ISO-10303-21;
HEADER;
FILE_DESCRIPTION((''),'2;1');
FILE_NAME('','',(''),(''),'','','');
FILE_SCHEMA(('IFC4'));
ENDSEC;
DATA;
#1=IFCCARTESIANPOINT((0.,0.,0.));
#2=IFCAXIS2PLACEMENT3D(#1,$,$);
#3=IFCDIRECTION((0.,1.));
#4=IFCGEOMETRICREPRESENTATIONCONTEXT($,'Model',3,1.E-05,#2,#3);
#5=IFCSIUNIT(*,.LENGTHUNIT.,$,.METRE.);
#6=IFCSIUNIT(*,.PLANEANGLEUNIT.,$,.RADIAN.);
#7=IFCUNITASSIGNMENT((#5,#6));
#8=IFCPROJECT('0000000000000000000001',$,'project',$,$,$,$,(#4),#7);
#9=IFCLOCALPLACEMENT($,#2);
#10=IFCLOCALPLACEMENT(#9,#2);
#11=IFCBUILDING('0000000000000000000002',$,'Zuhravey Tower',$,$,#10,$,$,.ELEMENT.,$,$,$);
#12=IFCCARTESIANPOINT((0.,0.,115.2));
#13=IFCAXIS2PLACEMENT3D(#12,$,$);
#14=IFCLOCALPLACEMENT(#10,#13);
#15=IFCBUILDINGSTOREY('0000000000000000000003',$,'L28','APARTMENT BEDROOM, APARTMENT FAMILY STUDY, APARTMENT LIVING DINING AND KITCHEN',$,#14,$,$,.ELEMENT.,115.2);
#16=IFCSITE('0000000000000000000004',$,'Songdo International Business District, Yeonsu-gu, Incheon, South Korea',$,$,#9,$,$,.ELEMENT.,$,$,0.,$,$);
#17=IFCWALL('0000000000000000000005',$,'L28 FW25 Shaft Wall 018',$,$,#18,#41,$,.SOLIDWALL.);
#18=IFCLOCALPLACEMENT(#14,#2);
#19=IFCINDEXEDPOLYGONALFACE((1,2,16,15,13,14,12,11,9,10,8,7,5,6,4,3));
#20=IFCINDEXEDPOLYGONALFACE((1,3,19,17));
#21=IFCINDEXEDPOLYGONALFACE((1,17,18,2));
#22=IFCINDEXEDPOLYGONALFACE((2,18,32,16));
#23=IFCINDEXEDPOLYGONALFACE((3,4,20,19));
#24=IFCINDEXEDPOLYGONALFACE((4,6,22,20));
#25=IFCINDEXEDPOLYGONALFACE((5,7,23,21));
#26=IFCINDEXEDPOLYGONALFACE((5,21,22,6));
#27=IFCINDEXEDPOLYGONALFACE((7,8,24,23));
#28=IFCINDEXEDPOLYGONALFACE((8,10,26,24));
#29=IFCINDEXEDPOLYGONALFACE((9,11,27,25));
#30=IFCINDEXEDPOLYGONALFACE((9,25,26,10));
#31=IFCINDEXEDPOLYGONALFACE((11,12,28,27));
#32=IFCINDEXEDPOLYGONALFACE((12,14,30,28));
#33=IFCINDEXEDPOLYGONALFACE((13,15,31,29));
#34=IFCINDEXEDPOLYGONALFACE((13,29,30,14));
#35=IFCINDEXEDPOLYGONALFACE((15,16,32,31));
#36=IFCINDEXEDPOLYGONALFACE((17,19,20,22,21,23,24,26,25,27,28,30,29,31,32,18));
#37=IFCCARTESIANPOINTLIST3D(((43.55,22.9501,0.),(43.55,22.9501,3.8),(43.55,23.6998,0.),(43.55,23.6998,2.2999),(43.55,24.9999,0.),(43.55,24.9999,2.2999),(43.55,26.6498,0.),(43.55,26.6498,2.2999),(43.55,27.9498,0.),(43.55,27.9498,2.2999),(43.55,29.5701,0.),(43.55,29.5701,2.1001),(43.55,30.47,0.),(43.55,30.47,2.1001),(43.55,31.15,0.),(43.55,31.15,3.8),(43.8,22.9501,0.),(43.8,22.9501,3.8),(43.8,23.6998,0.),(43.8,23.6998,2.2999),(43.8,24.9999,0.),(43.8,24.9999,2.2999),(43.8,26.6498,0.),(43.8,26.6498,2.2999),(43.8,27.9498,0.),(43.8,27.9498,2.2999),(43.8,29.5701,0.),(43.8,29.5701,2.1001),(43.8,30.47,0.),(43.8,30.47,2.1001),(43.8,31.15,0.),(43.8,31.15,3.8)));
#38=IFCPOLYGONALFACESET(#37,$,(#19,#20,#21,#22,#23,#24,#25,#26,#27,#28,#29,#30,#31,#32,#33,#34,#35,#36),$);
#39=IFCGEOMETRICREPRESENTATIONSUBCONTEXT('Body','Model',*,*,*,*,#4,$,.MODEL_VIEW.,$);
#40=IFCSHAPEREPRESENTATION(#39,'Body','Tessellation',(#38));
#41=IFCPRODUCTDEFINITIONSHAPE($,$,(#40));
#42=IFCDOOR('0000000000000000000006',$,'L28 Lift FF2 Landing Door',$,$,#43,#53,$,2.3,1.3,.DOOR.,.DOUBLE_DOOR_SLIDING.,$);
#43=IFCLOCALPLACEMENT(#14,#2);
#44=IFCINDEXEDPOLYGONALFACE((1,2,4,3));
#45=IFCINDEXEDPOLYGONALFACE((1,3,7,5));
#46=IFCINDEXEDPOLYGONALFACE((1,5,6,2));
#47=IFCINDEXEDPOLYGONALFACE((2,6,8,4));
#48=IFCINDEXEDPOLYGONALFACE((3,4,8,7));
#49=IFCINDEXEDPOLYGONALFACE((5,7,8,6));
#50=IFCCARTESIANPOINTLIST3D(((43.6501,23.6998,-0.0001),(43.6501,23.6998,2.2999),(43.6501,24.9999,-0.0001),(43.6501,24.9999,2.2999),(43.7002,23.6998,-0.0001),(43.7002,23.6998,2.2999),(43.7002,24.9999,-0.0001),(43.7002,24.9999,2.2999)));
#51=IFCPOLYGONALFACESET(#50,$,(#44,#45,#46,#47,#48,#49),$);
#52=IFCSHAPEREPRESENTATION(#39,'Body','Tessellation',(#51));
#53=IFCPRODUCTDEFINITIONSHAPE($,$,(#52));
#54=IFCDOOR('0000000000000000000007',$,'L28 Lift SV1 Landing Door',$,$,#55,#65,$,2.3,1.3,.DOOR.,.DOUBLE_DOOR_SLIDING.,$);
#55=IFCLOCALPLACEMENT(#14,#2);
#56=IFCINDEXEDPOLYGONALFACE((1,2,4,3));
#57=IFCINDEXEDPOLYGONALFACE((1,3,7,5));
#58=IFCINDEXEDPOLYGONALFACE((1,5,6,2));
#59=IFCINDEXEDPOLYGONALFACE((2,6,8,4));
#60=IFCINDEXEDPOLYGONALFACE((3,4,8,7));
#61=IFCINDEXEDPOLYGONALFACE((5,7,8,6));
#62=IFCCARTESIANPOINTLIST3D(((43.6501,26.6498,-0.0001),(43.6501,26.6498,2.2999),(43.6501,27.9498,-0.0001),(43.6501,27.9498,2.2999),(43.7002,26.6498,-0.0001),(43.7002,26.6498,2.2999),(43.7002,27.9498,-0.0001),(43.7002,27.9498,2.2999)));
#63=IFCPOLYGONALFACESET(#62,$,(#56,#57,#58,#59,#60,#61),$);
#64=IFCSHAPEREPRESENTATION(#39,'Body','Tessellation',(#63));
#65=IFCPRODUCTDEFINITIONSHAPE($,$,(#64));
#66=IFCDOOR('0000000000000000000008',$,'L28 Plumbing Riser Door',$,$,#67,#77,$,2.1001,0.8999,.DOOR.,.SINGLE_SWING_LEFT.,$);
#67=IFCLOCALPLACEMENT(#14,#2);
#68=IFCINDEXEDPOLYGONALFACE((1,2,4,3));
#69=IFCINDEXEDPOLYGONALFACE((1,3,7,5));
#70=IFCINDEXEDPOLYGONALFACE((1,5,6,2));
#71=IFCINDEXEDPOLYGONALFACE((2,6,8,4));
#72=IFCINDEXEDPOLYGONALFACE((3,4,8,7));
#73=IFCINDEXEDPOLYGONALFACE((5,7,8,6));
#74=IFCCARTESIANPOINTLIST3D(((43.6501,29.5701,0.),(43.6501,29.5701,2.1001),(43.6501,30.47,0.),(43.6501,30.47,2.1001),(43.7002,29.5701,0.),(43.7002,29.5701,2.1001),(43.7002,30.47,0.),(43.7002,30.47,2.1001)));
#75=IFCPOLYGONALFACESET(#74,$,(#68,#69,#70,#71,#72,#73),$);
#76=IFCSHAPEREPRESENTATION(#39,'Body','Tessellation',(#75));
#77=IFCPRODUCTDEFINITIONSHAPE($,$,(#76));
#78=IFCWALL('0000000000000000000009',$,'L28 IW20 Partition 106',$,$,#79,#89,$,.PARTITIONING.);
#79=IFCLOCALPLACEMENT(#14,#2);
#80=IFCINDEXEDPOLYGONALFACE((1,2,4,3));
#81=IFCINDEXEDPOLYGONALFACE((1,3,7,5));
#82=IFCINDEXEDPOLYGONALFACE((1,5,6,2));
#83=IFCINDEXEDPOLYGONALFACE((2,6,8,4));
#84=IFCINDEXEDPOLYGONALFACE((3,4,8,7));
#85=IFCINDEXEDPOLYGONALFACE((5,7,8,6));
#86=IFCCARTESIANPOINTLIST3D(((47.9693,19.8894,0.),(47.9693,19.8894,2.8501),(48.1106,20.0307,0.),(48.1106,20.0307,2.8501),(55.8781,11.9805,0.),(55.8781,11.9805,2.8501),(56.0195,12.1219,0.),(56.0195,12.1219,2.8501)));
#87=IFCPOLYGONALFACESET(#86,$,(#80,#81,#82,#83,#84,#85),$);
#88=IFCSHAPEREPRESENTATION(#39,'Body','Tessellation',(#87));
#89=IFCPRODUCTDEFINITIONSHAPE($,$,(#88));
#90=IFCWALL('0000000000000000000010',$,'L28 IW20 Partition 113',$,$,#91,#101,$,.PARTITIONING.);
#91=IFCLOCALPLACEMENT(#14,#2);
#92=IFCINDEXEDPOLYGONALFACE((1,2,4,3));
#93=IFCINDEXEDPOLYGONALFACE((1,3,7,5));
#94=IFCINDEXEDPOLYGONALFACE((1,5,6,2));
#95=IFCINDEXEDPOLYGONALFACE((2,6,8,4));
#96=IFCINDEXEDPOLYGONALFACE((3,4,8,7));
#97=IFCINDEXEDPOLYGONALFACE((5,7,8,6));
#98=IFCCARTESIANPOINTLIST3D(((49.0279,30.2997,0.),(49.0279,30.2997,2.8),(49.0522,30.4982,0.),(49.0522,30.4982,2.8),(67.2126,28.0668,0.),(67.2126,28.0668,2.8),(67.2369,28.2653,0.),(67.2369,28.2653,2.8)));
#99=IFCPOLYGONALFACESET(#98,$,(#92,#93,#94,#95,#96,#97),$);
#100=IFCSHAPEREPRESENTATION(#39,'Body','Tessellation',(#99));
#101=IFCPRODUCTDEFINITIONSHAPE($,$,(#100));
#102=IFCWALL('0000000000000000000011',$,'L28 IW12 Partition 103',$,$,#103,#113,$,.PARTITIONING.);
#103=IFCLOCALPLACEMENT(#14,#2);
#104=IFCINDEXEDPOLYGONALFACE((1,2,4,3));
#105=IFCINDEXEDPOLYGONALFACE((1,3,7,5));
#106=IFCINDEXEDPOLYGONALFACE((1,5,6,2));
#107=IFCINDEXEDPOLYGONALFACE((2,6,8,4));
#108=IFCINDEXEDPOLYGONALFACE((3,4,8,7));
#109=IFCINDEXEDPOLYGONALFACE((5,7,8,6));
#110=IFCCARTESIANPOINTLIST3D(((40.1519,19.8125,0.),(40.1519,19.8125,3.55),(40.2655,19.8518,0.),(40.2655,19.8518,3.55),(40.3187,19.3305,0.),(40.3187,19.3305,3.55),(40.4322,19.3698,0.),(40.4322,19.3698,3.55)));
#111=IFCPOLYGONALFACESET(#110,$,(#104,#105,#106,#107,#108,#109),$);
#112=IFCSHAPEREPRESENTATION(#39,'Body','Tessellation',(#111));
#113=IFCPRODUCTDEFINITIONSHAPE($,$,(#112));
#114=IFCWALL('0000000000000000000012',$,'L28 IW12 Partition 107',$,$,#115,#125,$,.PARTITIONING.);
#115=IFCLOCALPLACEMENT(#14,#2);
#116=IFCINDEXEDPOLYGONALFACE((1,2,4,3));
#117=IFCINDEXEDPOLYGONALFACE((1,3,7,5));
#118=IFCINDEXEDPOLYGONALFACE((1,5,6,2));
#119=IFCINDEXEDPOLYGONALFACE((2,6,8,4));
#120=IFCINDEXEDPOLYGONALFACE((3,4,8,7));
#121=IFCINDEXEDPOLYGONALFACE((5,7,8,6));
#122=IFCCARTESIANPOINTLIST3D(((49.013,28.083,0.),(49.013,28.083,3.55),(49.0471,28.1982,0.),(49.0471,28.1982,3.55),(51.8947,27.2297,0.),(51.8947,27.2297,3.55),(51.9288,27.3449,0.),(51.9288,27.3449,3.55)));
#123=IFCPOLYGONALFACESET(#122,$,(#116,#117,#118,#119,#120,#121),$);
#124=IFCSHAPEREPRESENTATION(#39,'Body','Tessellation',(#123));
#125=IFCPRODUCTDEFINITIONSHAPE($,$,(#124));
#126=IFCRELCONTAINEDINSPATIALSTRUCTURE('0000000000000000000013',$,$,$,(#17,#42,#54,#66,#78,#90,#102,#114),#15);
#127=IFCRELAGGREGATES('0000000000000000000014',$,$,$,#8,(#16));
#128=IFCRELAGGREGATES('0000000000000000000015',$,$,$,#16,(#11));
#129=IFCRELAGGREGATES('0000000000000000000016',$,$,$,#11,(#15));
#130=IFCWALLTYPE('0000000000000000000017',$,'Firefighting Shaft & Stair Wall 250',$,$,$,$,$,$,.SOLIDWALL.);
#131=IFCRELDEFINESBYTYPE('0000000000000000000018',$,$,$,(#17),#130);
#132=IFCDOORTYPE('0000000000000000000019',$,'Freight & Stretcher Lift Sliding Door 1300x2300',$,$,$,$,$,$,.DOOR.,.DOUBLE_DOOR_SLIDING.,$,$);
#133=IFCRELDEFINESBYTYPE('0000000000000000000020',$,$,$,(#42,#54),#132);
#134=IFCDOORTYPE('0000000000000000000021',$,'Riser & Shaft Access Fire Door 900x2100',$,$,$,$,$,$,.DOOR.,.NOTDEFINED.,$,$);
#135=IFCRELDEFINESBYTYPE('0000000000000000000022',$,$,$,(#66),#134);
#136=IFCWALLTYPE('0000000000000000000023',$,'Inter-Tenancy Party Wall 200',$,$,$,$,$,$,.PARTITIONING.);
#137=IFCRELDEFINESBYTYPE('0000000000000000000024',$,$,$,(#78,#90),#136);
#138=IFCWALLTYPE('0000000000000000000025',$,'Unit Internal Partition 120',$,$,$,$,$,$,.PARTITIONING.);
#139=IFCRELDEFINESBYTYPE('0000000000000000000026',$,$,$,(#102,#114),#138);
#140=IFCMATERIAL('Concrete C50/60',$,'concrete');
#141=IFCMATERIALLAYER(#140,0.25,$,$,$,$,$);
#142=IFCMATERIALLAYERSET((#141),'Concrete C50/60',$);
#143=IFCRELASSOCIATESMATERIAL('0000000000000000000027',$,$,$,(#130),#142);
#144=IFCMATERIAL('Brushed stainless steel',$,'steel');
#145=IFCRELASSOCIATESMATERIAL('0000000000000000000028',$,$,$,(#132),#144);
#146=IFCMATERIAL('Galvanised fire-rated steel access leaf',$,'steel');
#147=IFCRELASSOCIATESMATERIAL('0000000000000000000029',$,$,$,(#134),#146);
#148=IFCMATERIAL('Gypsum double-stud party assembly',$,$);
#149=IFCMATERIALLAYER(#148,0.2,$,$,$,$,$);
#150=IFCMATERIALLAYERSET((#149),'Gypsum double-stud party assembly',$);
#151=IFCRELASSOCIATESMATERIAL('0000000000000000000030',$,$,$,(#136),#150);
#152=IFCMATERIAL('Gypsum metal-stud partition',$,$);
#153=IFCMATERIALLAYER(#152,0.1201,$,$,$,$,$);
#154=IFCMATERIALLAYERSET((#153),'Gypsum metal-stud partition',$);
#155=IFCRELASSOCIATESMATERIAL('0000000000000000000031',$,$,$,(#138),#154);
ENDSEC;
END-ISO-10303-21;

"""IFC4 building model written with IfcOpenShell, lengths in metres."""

from ifc_helpers import new_model, si_unit, direction, frame, frame_2d, origin, place, context, subcontext, project, spatial, rectangle, extrude, material, layer, layer_set, type_object, element, fill, save


model = new_model("IFC4")

# Units and contexts
model_context = context("Model", 3, precision=1e-05, world=origin(), true_north=direction((0.0, 1.0)))
body_context = subcontext(model_context, "Body", "Model", "MODEL_VIEW")
ifc_project = project(units=[si_unit("LENGTHUNIT", "METRE"), si_unit("PLANEANGLEUNIT", "RADIAN")], contexts=[model_context])

# Site, building, storey
site_placement = place(None, origin())
site = spatial("IfcSite", under=ifc_project, at=site_placement, Name="Songdo International Business District, Yeonsu-gu, Incheon, South Korea", CompositionType="ELEMENT", RefElevation=0.0)
building_placement = place(site_placement, origin())
building = spatial("IfcBuilding", under=site, at=building_placement, Name="Zuhravey Tower", CompositionType="ELEMENT")
storey_placement = place(building_placement, frame((0.0, 0.0, 115.2)))
storey = spatial("IfcBuildingStorey", under=building, at=storey_placement, Name="L28", Description="APARTMENT BEDROOM, APARTMENT FAMILY STUDY, APARTMENT LIVING DINING AND KITCHEN", CompositionType="ELEMENT", Elevation=115.2)

# Shared definitions
ifc_material_1 = material(Name="Concrete C50/60", Category="concrete")
ifc_layer_1 = layer(ifc_material_1, 0.25)
ifc_layer_set_1 = layer_set([ifc_layer_1], Name="Concrete C50/60")
wall_type_1 = type_object("IfcWallType", Name="Firefighting Shaft & Stair Wall 250", PredefinedType="SOLIDWALL", material=ifc_layer_set_1)

# Wall, openings, doors
wall_1_placement = place(storey_placement, frame((43.675, 22.95, 0.0), z_axis=(0.0, 0.0, 1.0), x_axis=(0.0, 1.0, 0.0)))
wall_1 = element("IfcWall", 1, at=wall_1_placement, inside=storey, type_object=wall_type_1, Name="L28 FW25 Shaft Wall 018", PredefinedType="SOLIDWALL", context=body_context, shape_type="SweptSolid", body=[
    extrude(rectangle(XDim=8.2, YDim=0.25, at=frame_2d((4.1001, 0.0))), origin(), (0.0, 0.0, 1.0), 3.8),
])
opening_1_placement = place(wall_1_placement, frame((0.75, 0.0, 0.0)))
opening_1 = element("IfcOpeningElement", 2, at=opening_1_placement, cuts=wall_1, PredefinedType="OPENING", context=body_context, shape_type="SweptSolid", body=[
    extrude(rectangle(XDim=1.3, YDim=2.3, at=frame_2d((0.6499, 1.1499))), frame((0.0, 0.137, 0.0), z_axis=(0.0, -1.0, 0.0), x_axis=(1.0, 0.0, 0.0)), (0.0, 0.0, 1.0), 0.2739),
])
opening_2_placement = place(wall_1_placement, frame((3.7, 0.0, 0.0)))
opening_2 = element("IfcOpeningElement", 3, at=opening_2_placement, cuts=wall_1, PredefinedType="OPENING", context=body_context, shape_type="SweptSolid", body=[
    extrude(rectangle(XDim=1.3, YDim=2.3, at=frame_2d((0.6499, 1.1499))), frame((0.0, 0.137, 0.0), z_axis=(0.0, -1.0, 0.0), x_axis=(1.0, 0.0, 0.0)), (0.0, 0.0, 1.0), 0.2739),
])
opening_3_placement = place(wall_1_placement, frame((6.6201, 0.0, 0.0)))
opening_3 = element("IfcOpeningElement", 4, at=opening_3_placement, cuts=wall_1, PredefinedType="OPENING", context=body_context, shape_type="SweptSolid", body=[
    extrude(rectangle(XDim=0.8999, YDim=2.1001, at=frame_2d((0.45, 1.05))), frame((0.0, 0.137, 0.0), z_axis=(0.0, -1.0, 0.0), x_axis=(1.0, 0.0, 0.0)), (0.0, 0.0, 1.0), 0.2739),
])
ifc_material_2 = material(Name="Brushed stainless steel", Category="steel")
door_type_1 = type_object("IfcDoorType", Name="Freight & Stretcher Lift Sliding Door 1300x2300", OperationType="DOUBLE_DOOR_SLIDING", PredefinedType="DOOR", material=ifc_material_2)
door_1_placement = place(opening_1_placement, origin())
door_1 = element("IfcDoor", 5, at=door_1_placement, inside=storey, type_object=door_type_1, Name="L28 Lift FF2 Landing Door", OperationType="DOUBLE_DOOR_SLIDING", OverallHeight=2.3, OverallWidth=1.3, PredefinedType="DOOR", context=body_context, shape_type="SweptSolid", body=[
    extrude(rectangle(XDim=1.3, YDim=2.3, at=frame_2d((0.6499, 1.1499))), frame((0.0, 0.0249, 0.0), z_axis=(0.0, -1.0, 0.0), x_axis=(1.0, 0.0, 0.0)), (0.0, 0.0, 1.0), 0.05),
])
fill(opening_1, door_1)
door_2_placement = place(opening_2_placement, origin())
door_2 = element("IfcDoor", 6, at=door_2_placement, inside=storey, type_object=door_type_1, Name="L28 Lift SV1 Landing Door", OperationType="DOUBLE_DOOR_SLIDING", OverallHeight=2.3, OverallWidth=1.3, PredefinedType="DOOR", context=body_context, shape_type="SweptSolid", body=[
    extrude(rectangle(XDim=1.3, YDim=2.3, at=frame_2d((0.6499, 1.1499))), frame((0.0, 0.0249, 0.0), z_axis=(0.0, -1.0, 0.0), x_axis=(1.0, 0.0, 0.0)), (0.0, 0.0, 1.0), 0.05),
])
fill(opening_2, door_2)
ifc_material_3 = material(Name="Galvanised fire-rated steel access leaf", Category="steel")
door_type_2 = type_object("IfcDoorType", Name="Riser & Shaft Access Fire Door 900x2100", OperationType="NOTDEFINED", PredefinedType="DOOR", material=ifc_material_3)
door_3_placement = place(opening_3_placement, origin())
door_3 = element("IfcDoor", 7, at=door_3_placement, inside=storey, type_object=door_type_2, Name="L28 Plumbing Riser Door", OperationType="SINGLE_SWING_LEFT", OverallHeight=2.1001, OverallWidth=0.8999, PredefinedType="DOOR", context=body_context, shape_type="SweptSolid", body=[
    extrude(rectangle(XDim=0.8999, YDim=2.1001, at=frame_2d((0.45, 1.05))), frame((0.0, 0.0249, 0.0), z_axis=(0.0, -1.0, 0.0), x_axis=(1.0, 0.0, 0.0)), (0.0, 0.0, 1.0), 0.05),
])
fill(opening_3, door_3)

# Walls
ifc_material_4 = material(Name="Gypsum double-stud party assembly")
ifc_layer_2 = layer(ifc_material_4, 0.2)
ifc_layer_set_2 = layer_set([ifc_layer_2], Name="Gypsum double-stud party assembly")
wall_type_2 = type_object("IfcWallType", Name="Inter-Tenancy Party Wall 200", PredefinedType="PARTITIONING", material=ifc_layer_set_2)
wall_2_placement = place(storey_placement, frame((48.04, 19.96, 0.0), z_axis=(0.0, 0.0, 1.0), x_axis=(0.707107, -0.707107, 0.0)))
element("IfcWall", 8, at=wall_2_placement, inside=storey, type_object=wall_type_2, Name="L28 IW20 Partition 106", PredefinedType="PARTITIONING", context=body_context, shape_type="SweptSolid", body=[
    extrude(rectangle(XDim=11.1848, YDim=0.2, at=frame_2d((5.5923, 0.0))), origin(), (0.0, 0.0, 1.0), 2.8501),
])
wall_3_placement = place(storey_placement, frame((49.04, 30.3989, 0.0), z_axis=(0.0, 0.0, 1.0), x_axis=(0.992546, -0.121874, 0.0)))
element("IfcWall", 9, at=wall_3_placement, inside=storey, type_object=wall_type_2, Name="L28 IW20 Partition 113", PredefinedType="PARTITIONING", context=body_context, shape_type="SweptSolid", body=[
    extrude(rectangle(XDim=18.3213, YDim=0.2, at=frame_2d((9.1606, 0.0))), origin(), (0.0, 0.0, 1.0), 2.8),
])
ifc_material_5 = material(Name="Gypsum metal-stud partition")
ifc_layer_3 = layer(ifc_material_5, 0.1201)
ifc_layer_set_3 = layer_set([ifc_layer_3], Name="Gypsum metal-stud partition")
wall_type_3 = type_object("IfcWallType", Name="Unit Internal Partition 120", PredefinedType="PARTITIONING", material=ifc_layer_set_3)
wall_4_placement = place(storey_placement, frame((40.2087, 19.832, 0.0), z_axis=(0.0, 0.0, 1.0), x_axis=(0.326979, -0.945032, 0.0)))
element("IfcWall", 10, at=wall_4_placement, inside=storey, type_object=wall_type_3, Name="L28 IW12 Partition 103", PredefinedType="PARTITIONING", context=body_context, shape_type="SweptSolid", body=[
    extrude(rectangle(XDim=0.51, YDim=0.1201, at=frame_2d((0.2549, 0.0))), origin(), (0.0, 0.0, 1.0), 3.55),
])
wall_5_placement = place(storey_placement, frame((49.03, 28.1406, 0.0), z_axis=(0.0, 0.0, 1.0), x_axis=(0.958846, -0.283925, 0.0)))
element("IfcWall", 11, at=wall_5_placement, inside=storey, type_object=wall_type_3, Name="L28 IW12 Partition 107", PredefinedType="PARTITIONING", context=body_context, shape_type="SweptSolid", body=[
    extrude(rectangle(XDim=3.0054, YDim=0.1201, at=frame_2d((1.5027, 0.0))), origin(), (0.0, 0.0, 1.0), 3.55),
])

save(model, "model.ifc")
